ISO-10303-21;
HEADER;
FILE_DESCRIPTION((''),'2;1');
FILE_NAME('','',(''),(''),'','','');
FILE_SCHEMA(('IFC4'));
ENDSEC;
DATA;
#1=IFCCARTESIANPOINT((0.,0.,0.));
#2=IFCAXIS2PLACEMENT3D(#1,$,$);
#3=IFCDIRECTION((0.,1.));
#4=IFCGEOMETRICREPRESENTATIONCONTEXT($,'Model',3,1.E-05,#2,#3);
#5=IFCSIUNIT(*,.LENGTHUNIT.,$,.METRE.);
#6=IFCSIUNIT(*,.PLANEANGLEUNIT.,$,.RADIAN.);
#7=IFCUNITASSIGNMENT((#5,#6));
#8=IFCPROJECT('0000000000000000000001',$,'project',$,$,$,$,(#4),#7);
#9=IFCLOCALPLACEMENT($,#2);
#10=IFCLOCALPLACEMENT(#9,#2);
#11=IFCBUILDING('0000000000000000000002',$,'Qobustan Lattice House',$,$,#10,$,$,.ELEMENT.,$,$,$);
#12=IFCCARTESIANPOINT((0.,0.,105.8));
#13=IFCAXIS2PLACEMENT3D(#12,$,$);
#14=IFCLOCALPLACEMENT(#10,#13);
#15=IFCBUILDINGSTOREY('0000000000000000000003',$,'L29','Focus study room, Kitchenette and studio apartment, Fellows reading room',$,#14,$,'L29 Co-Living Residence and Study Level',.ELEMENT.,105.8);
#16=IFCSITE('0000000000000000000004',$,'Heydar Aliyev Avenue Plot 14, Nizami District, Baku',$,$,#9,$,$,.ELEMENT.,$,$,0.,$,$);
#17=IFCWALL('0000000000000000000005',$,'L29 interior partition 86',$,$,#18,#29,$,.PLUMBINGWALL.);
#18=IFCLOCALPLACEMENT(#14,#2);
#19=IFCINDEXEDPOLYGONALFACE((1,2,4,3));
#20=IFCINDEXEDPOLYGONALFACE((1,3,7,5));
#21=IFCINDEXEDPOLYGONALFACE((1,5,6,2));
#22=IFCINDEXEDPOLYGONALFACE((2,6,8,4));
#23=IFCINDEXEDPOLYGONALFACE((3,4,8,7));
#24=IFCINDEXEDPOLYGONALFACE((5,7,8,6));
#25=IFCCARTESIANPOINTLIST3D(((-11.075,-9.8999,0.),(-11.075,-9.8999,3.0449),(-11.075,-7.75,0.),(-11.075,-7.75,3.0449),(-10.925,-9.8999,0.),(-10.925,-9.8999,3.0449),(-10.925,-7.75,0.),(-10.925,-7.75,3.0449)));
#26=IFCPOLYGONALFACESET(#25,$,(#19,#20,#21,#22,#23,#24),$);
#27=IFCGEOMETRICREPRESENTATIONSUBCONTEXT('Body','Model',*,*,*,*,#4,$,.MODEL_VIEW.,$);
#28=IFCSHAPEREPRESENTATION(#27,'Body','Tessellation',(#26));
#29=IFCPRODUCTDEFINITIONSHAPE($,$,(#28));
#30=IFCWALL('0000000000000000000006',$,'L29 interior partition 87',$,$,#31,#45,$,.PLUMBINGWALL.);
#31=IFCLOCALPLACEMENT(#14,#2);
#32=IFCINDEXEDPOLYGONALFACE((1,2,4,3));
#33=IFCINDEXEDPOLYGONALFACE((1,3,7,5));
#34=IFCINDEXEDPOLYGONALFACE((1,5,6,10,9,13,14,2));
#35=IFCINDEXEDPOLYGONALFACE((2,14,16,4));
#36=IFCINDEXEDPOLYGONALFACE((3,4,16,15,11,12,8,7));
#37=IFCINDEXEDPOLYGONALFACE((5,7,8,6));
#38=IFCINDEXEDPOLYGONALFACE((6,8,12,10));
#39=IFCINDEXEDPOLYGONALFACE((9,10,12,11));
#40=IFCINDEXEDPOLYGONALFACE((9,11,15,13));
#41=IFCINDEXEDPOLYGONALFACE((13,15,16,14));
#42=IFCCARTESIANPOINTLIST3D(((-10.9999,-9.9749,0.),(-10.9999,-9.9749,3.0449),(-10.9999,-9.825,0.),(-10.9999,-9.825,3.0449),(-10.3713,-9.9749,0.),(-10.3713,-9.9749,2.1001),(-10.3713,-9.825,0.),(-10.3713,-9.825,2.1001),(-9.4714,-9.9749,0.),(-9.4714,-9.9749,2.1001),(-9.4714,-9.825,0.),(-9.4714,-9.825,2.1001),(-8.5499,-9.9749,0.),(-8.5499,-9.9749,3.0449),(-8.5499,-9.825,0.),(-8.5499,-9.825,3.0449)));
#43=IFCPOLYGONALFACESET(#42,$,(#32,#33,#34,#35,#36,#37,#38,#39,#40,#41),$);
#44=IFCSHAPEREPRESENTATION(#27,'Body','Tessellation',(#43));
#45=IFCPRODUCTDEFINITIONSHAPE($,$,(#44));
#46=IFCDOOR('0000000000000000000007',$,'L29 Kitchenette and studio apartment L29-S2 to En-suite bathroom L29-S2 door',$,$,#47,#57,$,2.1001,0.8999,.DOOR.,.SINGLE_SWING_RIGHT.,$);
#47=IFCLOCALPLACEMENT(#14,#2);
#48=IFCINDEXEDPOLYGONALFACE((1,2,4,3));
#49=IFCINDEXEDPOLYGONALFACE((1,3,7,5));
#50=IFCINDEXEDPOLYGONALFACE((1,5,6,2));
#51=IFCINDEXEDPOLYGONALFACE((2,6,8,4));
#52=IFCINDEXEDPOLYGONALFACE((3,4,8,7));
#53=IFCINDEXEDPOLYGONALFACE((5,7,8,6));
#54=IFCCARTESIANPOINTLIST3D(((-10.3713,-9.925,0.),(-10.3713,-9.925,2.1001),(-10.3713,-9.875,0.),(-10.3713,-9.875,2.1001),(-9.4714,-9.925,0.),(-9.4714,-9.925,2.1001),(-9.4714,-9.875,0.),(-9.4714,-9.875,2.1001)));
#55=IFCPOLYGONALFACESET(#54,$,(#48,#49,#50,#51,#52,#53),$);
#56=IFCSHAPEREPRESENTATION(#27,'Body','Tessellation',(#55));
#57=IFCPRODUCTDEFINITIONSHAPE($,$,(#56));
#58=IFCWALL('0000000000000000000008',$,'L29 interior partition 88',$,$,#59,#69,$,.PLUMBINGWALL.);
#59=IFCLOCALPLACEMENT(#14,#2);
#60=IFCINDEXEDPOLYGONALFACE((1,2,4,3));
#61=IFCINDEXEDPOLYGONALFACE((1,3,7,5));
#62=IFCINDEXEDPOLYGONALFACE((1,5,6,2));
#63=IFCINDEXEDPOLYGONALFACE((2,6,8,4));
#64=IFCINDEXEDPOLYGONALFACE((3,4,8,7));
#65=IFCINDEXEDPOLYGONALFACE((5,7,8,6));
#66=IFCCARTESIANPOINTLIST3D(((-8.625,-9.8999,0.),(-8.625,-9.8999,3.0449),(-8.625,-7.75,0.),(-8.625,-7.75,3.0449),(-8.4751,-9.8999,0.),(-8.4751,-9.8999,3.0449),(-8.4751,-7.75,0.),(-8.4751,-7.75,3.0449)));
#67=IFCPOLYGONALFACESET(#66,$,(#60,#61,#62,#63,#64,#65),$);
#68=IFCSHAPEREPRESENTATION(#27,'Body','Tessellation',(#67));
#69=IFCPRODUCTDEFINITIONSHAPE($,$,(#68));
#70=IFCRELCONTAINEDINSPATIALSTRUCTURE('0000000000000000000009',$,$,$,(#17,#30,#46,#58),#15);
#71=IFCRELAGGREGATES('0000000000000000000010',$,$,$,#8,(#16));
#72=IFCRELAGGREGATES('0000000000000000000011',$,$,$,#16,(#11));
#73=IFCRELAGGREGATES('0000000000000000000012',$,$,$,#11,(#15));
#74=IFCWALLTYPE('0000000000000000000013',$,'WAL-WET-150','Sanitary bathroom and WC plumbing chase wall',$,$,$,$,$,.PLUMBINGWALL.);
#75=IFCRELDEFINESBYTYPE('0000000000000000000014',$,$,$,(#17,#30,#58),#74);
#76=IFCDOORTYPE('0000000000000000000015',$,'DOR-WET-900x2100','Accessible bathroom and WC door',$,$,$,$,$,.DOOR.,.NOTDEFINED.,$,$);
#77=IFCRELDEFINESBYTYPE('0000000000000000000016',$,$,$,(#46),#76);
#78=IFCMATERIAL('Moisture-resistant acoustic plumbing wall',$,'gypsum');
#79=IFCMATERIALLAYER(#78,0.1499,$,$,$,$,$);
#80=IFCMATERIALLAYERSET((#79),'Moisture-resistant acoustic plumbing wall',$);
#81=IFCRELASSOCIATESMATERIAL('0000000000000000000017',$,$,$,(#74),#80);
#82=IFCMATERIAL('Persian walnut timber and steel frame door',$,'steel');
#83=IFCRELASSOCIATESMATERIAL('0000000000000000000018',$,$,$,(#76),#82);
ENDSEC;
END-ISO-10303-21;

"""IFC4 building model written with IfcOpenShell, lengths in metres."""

from ifc_helpers import new_model, si_unit, direction, frame, frame_2d, origin, place, context, subcontext, project, spatial, rectangle, extrude, material, layer, layer_set, type_object, element, fill, save


model = new_model("IFC4")

# Units and contexts
model_context = context("Model", 3, precision=1e-05, world=origin(), true_north=direction((0.0, 1.0)))
body_context = subcontext(model_context, "Body", "Model", "MODEL_VIEW")
ifc_project = project(units=[si_unit("LENGTHUNIT", "METRE"), si_unit("PLANEANGLEUNIT", "RADIAN")], contexts=[model_context])

# Site, building, storey
site_placement = place(None, origin())
site = spatial("IfcSite", under=ifc_project, at=site_placement, Name="Heydar Aliyev Avenue Plot 14, Nizami District, Baku", CompositionType="ELEMENT", RefElevation=0.0)
building_placement = place(site_placement, origin())
building = spatial("IfcBuilding", under=site, at=building_placement, Name="Qobustan Lattice House", CompositionType="ELEMENT")
storey_placement = place(building_placement, frame((0.0, 0.0, 105.8)))
storey = spatial("IfcBuildingStorey", under=building, at=storey_placement, Name="L29", Description="Focus study room, Kitchenette and studio apartment, Fellows reading room", LongName="L29 Co-Living Residence and Study Level", CompositionType="ELEMENT", Elevation=105.8)

# Wall
ifc_material_1 = material(Name="Moisture-resistant acoustic plumbing wall", Category="gypsum")
ifc_layer_1 = layer(ifc_material_1, 0.1499)
ifc_layer_set_1 = layer_set([ifc_layer_1], Name="Moisture-resistant acoustic plumbing wall")
wall_type_1 = type_object("IfcWallType", Name="WAL-WET-150", Description="Sanitary bathroom and WC plumbing chase wall", PredefinedType="PLUMBINGWALL", material=ifc_layer_set_1)
wall_1_placement = place(storey_placement, frame((-11.0, -7.75, 0.0), z_axis=(0.0, 0.0, 1.0), x_axis=(0.0, -1.0, 0.0)))
element("IfcWall", 1, at=wall_1_placement, inside=storey, type_object=wall_type_1, Name="L29 interior partition 86", PredefinedType="PLUMBINGWALL", context=body_context, shape_type="SweptSolid", body=[
    extrude(rectangle(XDim=2.1499, YDim=0.1499, at=frame_2d((1.075, 0.0))), origin(), (0.0, 0.0, 1.0), 3.0449),
])

# Wall, opening, door
wall_2_placement = place(storey_placement, frame((-11.0, -9.8999, 0.0), z_axis=(0.0, 0.0, 1.0), x_axis=(1.0, 0.0, 0.0)))
wall_2 = element("IfcWall", 2, at=wall_2_placement, inside=storey, type_object=wall_type_1, Name="L29 interior partition 87", PredefinedType="PLUMBINGWALL", context=body_context, shape_type="SweptSolid", body=[
    extrude(rectangle(XDim=2.45, YDim=0.1499, at=frame_2d((1.2251, 0.0))), origin(), (0.0, 0.0, 1.0), 3.0449),
])
opening_1_placement = place(wall_2_placement, frame((0.6287, 0.0, 0.0)))
opening_1 = element("IfcOpeningElement", 3, at=opening_1_placement, cuts=wall_2, PredefinedType="OPENING", context=body_context, shape_type="SweptSolid", body=[
    extrude(rectangle(XDim=0.8999, YDim=2.1001, at=frame_2d((0.45, 1.05))), frame((0.0, 0.085, 0.0), z_axis=(0.0, -1.0, 0.0), x_axis=(1.0, 0.0, 0.0)), (0.0, 0.0, 1.0), 0.1699),
])
ifc_material_2 = material(Name="Persian walnut timber and steel frame door", Category="steel")
door_type_1 = type_object("IfcDoorType", Name="DOR-WET-900x2100", Description="Accessible bathroom and WC door", OperationType="NOTDEFINED", PredefinedType="DOOR", material=ifc_material_2)
door_1_placement = place(opening_1_placement, origin())
door_1 = element("IfcDoor", 4, at=door_1_placement, inside=storey, type_object=door_type_1, Name="L29 Kitchenette and studio apartment L29-S2 to En-suite bathroom L29-S2 door", OperationType="SINGLE_SWING_RIGHT", OverallHeight=2.1001, OverallWidth=0.8999, PredefinedType="DOOR", context=body_context, shape_type="SweptSolid", body=[
    extrude(rectangle(XDim=0.8999, YDim=2.1001, at=frame_2d((0.45, 1.05))), frame((0.0, 0.0249, 0.0), z_axis=(0.0, -1.0, 0.0), x_axis=(1.0, 0.0, 0.0)), (0.0, 0.0, 1.0), 0.05),
])
fill(opening_1, door_1)

# Wall
wall_3_placement = place(storey_placement, frame((-8.55, -9.8999, 0.0), z_axis=(0.0, 0.0, 1.0), x_axis=(0.0, 1.0, 0.0)))
element("IfcWall", 5, at=wall_3_placement, inside=storey, type_object=wall_type_1, Name="L29 interior partition 88", PredefinedType="PLUMBINGWALL", context=body_context, shape_type="SweptSolid", body=[
    extrude(rectangle(XDim=2.1499, YDim=0.1499, at=frame_2d((1.075, 0.0))), origin(), (0.0, 0.0, 1.0), 3.0449),
])

save(model, "model.ifc")
